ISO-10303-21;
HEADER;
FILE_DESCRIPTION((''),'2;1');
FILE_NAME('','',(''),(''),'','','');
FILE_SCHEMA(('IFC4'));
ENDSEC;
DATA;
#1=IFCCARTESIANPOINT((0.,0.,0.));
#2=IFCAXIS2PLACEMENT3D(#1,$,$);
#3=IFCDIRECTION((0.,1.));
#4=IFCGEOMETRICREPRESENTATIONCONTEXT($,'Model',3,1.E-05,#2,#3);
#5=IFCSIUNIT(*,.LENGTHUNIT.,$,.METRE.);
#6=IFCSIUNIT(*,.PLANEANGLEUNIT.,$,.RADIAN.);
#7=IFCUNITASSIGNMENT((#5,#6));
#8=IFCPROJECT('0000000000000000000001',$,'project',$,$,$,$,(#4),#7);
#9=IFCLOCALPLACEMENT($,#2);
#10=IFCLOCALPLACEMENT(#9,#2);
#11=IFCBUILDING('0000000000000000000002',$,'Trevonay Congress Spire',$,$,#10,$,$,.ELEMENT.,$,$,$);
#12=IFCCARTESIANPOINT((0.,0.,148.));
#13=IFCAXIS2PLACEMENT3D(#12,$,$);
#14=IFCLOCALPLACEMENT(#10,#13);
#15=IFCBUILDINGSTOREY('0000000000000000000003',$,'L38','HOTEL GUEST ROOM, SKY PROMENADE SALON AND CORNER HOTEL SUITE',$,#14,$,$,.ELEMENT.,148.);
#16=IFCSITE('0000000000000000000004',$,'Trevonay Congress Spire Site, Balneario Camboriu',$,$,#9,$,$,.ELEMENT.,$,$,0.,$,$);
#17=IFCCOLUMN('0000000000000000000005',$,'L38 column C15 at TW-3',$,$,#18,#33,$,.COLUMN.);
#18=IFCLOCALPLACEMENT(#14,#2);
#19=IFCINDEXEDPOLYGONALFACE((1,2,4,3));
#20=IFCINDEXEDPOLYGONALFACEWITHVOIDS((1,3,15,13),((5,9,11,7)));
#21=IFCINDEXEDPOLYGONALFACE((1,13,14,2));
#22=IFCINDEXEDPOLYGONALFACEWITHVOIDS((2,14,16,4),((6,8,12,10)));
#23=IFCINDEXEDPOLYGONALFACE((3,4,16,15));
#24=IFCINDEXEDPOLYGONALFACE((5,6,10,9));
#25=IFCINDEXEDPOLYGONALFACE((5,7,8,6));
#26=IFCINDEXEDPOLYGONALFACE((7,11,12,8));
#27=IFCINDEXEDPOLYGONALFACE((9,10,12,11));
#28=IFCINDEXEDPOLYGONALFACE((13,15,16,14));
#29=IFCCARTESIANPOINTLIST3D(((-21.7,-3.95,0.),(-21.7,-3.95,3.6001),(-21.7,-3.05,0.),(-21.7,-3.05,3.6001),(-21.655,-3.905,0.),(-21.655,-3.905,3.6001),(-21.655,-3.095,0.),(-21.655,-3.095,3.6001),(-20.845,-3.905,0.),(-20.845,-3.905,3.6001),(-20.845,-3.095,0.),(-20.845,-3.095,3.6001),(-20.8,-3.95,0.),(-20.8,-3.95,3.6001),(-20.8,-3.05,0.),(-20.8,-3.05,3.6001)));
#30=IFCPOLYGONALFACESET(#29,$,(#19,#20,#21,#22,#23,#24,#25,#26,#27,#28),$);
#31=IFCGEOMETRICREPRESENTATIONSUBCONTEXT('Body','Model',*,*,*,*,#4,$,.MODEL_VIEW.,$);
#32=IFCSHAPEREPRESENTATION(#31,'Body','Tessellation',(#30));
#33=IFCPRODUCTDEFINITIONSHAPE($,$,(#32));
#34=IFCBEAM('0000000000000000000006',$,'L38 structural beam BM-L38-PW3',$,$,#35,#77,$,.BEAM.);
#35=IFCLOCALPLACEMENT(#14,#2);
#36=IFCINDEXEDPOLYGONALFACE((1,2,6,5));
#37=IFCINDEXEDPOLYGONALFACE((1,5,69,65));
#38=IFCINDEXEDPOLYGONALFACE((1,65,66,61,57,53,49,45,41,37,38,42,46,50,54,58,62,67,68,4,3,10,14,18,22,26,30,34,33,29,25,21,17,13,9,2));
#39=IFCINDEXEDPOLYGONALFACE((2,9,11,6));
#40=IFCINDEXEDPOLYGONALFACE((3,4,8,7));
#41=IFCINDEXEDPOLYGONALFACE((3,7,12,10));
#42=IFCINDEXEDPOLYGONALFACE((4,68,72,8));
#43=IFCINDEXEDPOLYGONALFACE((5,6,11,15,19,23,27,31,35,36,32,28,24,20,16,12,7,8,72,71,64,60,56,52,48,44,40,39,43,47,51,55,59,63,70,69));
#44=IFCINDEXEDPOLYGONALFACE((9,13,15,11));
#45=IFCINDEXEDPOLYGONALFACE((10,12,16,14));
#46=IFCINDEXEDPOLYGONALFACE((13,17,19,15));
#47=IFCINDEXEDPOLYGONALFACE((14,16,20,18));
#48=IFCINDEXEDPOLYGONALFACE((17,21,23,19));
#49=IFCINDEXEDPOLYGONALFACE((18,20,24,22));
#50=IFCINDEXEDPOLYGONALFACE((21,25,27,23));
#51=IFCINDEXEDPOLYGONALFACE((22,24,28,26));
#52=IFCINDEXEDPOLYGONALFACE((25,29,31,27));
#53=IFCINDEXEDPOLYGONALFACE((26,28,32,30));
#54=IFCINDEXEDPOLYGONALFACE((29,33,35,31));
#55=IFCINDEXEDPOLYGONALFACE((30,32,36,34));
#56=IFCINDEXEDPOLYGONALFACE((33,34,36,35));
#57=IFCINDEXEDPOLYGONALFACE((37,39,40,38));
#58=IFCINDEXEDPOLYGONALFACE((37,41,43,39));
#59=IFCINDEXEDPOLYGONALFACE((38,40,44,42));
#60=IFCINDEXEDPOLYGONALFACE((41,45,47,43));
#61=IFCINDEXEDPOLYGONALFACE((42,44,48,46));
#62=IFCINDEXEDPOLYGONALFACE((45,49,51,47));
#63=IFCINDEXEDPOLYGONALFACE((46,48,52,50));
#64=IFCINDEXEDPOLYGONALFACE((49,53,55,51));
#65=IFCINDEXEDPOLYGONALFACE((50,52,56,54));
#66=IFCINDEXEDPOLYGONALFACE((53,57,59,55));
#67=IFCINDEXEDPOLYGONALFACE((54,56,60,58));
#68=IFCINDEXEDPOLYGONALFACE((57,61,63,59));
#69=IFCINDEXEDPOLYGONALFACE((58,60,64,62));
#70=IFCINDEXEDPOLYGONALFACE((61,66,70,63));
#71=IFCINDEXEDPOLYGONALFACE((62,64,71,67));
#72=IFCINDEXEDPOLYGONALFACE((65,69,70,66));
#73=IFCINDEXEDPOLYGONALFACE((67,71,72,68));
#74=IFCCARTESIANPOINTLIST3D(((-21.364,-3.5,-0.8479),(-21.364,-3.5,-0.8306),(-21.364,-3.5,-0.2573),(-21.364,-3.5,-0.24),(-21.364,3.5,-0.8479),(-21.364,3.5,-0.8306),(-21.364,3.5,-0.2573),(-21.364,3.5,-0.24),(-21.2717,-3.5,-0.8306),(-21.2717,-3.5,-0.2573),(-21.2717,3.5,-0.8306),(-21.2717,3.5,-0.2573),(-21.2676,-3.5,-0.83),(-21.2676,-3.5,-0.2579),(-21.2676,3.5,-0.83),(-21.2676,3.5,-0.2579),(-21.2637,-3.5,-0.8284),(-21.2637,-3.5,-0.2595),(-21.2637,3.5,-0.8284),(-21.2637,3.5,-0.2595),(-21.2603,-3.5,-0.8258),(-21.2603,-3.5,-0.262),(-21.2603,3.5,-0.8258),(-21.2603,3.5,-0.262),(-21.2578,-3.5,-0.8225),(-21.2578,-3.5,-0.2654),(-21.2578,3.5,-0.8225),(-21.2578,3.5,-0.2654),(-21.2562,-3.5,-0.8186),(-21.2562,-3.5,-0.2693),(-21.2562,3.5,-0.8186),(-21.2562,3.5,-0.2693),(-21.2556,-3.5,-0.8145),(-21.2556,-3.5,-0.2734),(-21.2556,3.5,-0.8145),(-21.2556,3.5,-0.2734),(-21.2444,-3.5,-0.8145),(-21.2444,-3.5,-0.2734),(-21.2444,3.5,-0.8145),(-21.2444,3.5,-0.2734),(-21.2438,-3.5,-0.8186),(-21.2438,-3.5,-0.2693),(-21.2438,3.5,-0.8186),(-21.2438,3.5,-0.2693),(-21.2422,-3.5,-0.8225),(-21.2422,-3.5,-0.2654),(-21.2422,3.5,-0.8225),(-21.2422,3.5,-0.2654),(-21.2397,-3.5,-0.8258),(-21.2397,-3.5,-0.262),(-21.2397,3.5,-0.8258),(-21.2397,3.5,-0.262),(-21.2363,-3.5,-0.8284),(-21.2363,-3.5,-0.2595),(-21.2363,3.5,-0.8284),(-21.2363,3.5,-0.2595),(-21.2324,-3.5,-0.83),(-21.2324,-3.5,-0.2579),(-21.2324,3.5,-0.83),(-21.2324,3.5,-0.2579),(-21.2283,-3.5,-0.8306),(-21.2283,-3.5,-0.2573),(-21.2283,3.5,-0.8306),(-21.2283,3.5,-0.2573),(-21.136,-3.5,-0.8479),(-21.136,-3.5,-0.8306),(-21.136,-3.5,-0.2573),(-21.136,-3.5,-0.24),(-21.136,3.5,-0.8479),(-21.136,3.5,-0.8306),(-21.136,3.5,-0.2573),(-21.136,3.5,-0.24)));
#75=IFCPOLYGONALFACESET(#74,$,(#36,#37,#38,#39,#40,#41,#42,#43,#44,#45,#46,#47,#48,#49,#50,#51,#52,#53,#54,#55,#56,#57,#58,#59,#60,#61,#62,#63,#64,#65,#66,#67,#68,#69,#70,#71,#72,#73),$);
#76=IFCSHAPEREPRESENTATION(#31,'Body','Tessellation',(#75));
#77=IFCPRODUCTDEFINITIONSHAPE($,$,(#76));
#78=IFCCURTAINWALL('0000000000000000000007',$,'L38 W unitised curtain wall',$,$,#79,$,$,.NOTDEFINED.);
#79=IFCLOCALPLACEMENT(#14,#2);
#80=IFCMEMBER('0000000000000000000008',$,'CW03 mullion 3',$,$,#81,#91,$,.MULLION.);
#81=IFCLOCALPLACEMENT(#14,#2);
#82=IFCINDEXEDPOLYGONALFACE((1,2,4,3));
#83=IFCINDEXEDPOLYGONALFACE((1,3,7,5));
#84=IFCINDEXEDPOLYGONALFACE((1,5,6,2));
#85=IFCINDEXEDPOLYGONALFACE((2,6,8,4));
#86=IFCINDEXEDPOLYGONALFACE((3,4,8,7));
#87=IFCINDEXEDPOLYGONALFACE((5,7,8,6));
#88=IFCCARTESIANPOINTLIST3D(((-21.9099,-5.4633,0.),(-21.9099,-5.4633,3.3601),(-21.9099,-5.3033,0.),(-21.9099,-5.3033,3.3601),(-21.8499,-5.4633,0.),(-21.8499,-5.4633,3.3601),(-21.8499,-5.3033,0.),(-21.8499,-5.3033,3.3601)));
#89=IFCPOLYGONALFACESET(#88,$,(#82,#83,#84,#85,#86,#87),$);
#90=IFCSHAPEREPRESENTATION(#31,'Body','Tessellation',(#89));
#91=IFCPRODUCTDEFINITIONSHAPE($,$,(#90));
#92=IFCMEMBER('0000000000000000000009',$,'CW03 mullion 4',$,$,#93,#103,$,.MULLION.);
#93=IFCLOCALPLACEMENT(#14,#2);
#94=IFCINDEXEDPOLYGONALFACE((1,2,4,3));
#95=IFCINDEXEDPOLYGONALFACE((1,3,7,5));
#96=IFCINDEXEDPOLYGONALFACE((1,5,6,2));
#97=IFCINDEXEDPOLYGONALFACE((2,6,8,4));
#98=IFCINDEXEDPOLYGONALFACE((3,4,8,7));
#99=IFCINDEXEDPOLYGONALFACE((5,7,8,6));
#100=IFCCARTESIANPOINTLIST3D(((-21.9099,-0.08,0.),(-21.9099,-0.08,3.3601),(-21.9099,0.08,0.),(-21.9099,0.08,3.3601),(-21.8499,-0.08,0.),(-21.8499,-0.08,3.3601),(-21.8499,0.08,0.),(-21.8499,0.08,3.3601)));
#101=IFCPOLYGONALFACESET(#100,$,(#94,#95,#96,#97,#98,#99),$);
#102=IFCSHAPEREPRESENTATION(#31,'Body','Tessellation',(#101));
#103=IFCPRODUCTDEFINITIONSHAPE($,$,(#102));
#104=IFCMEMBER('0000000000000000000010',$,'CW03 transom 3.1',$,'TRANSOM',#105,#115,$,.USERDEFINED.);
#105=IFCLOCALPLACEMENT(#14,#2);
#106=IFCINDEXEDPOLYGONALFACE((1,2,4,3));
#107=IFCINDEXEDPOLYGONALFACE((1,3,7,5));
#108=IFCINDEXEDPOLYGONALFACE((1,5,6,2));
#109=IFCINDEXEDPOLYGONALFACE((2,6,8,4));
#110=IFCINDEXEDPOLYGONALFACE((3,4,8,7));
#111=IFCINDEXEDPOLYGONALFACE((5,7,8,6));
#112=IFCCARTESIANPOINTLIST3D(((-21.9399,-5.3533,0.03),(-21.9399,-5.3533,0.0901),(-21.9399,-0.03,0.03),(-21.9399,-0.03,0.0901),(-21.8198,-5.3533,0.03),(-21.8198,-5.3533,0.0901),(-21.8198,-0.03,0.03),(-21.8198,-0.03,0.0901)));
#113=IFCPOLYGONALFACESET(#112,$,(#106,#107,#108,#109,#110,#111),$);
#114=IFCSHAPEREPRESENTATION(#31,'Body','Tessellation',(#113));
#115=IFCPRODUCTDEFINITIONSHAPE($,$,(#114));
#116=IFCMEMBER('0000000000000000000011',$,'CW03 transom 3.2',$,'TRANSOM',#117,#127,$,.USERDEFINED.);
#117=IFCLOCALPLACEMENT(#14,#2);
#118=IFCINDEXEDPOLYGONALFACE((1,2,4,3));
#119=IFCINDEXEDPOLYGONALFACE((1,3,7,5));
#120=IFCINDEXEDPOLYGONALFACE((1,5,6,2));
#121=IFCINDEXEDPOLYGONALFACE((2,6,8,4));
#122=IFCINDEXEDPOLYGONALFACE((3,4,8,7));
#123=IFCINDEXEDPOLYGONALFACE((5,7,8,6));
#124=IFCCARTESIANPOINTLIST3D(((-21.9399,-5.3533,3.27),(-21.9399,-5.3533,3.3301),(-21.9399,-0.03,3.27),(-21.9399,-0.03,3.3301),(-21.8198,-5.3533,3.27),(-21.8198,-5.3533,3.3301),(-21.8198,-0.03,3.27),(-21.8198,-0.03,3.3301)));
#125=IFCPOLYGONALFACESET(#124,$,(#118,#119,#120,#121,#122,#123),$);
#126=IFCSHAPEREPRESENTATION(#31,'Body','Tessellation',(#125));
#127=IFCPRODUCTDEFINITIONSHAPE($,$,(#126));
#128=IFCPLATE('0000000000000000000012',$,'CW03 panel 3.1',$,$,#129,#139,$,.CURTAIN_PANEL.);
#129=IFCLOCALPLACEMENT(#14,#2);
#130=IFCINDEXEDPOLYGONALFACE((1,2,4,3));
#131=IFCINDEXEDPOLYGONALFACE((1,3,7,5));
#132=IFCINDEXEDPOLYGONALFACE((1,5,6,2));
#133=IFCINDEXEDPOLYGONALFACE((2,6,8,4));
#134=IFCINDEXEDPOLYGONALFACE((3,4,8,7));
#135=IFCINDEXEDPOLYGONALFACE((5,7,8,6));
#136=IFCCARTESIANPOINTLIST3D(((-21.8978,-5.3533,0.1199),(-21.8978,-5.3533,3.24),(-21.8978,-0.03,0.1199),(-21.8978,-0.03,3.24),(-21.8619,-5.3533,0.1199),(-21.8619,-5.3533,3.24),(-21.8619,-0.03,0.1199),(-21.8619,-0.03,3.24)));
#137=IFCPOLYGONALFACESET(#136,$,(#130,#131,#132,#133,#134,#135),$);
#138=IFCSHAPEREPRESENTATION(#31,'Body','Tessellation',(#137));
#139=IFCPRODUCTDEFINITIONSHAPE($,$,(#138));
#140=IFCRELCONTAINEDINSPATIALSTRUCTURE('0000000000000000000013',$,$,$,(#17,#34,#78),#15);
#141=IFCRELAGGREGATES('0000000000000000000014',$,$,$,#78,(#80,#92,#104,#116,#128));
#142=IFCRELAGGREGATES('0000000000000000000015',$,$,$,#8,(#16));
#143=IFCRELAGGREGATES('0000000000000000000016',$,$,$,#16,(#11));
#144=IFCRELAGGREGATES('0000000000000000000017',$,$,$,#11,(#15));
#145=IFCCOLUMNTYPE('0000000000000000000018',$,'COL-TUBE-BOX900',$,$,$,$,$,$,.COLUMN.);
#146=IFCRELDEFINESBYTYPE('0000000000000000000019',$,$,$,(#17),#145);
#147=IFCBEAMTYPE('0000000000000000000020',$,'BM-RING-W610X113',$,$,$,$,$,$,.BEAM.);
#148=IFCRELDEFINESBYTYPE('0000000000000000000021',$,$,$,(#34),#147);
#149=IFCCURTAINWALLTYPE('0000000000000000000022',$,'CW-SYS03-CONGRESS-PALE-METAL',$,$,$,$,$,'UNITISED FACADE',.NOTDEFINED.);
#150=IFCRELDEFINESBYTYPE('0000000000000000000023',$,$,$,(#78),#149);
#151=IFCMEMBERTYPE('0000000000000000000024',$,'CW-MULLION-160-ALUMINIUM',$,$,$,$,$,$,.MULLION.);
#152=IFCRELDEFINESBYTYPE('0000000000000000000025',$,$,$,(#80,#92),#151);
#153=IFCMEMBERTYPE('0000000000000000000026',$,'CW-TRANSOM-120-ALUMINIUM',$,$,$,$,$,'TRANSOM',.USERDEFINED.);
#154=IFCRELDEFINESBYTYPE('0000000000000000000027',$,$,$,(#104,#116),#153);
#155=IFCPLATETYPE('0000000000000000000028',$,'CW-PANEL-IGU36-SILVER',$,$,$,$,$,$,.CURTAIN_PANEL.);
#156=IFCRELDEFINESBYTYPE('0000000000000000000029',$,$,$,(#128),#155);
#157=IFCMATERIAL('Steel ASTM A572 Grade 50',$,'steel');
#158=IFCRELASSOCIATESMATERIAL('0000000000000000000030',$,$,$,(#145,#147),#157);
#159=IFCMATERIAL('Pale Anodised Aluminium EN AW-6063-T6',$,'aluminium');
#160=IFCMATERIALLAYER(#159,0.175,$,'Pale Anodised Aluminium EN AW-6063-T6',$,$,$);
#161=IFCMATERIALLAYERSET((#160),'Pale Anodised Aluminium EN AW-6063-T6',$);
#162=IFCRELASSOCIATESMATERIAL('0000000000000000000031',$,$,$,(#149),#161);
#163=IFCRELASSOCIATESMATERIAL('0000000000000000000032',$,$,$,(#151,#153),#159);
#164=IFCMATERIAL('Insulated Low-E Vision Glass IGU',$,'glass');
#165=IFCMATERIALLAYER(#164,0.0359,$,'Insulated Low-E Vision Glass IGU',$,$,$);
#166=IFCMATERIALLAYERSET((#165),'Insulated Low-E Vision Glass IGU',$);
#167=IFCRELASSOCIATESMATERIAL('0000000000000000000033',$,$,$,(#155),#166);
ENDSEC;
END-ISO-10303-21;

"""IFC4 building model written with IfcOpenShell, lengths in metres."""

from ifc_helpers import new_model, si_unit, direction, frame, origin, origin_2d, place, context, subcontext, project, spatial, rectangle, hollow_rectangle, i_section, extrude, material, layer, layer_set, material_profile, profile_set, type_object, element, aggregate, save


model = new_model("IFC4")

# Units and contexts
model_context = context("Model", 3, precision=1e-05, world=origin(), true_north=direction((0.0, 1.0)))
body_context = subcontext(model_context, "Body", "Model", "MODEL_VIEW")
ifc_project = project(units=[si_unit("LENGTHUNIT", "METRE"), si_unit("PLANEANGLEUNIT", "RADIAN")], contexts=[model_context])

# Site, building, storey
site_placement = place(None, origin())
site = spatial("IfcSite", under=ifc_project, at=site_placement, Name="Trevonay Congress Spire Site, Balneario Camboriu", CompositionType="ELEMENT", RefElevation=0.0)
building_placement = place(site_placement, origin())
building = spatial("IfcBuilding", under=site, at=building_placement, Name="Trevonay Congress Spire", CompositionType="ELEMENT")
storey_placement = place(building_placement, frame((0.0, 0.0, 148.0)))
storey = spatial("IfcBuildingStorey", under=building, at=storey_placement, Name="L38", Description="HOTEL GUEST ROOM, SKY PROMENADE SALON AND CORNER HOTEL SUITE", CompositionType="ELEMENT", Elevation=148.0)

# Column
ifc_material_1 = material(Name="Steel ASTM A572 Grade 50", Category="steel")
ifc_material_profile_1 = material_profile(ifc_material_1, hollow_rectangle(XDim=0.8999, YDim=0.8999, WallThickness=0.0449, at=origin_2d()), Name="BOX 900x900x45")
ifc_profile_set_1 = profile_set([ifc_material_profile_1], Name="Steel ASTM A572 Grade 50")
column_type = type_object("IfcColumnType", Name="COL-TUBE-BOX900", PredefinedType="COLUMN", material=ifc_profile_set_1)
column_placement = place(storey_placement, frame((-21.25, -3.5, 0.0), z_axis=(0.0, 0.0, 1.0), x_axis=(1.0, 0.0, 0.0)))
element("IfcColumn", 1, at=column_placement, inside=storey, type_object=column_type, Name="L38 column C15 at TW-3", PredefinedType="COLUMN", context=body_context, shape_type="SweptSolid", body=[
    extrude(hollow_rectangle(XDim=0.8999, YDim=0.8999, WallThickness=0.0449, at=origin_2d()), origin(), (0.0, 0.0, 1.0), 3.6001),
])

# Beam
ifc_material_profile_2 = material_profile(ifc_material_1, i_section(OverallWidth=0.228, OverallDepth=0.6079, WebThickness=0.0112, FlangeThickness=0.0173, FilletRadius=0.0161, at=origin_2d()), Name="W610x113")
ifc_profile_set_2 = profile_set([ifc_material_profile_2], Name="Steel ASTM A572 Grade 50")
beam_type = type_object("IfcBeamType", Name="BM-RING-W610X113", PredefinedType="BEAM", material=ifc_profile_set_2)
beam_placement = place(storey_placement, frame((-21.25, -3.5, -0.5439), z_axis=(0.0, 1.0, 0.0), x_axis=(-1.0, 0.0, 0.0)))
element("IfcBeam", 2, at=beam_placement, inside=storey, type_object=beam_type, Name="L38 structural beam BM-L38-PW3", PredefinedType="BEAM", context=body_context, shape_type="SweptSolid", body=[
    extrude(i_section(OverallWidth=0.228, OverallDepth=0.6079, WebThickness=0.0112, FlangeThickness=0.0173, FilletRadius=0.0161, at=origin_2d()), origin(), (0.0, 0.0, 1.0), 7.0),
])

# Curtain wall, members, plate
ifc_material_2 = material(Name="Pale Anodised Aluminium EN AW-6063-T6", Category="aluminium")
ifc_layer_1 = layer(ifc_material_2, 0.175, Name="Pale Anodised Aluminium EN AW-6063-T6")
ifc_layer_set_1 = layer_set([ifc_layer_1], Name="Pale Anodised Aluminium EN AW-6063-T6")
curtain_wall_type = type_object("IfcCurtainWallType", Name="CW-SYS03-CONGRESS-PALE-METAL", ElementType="UNITISED FACADE", PredefinedType="NOTDEFINED", material=ifc_layer_set_1)
curtain_wall_placement = place(storey_placement, origin())
curtain_wall = element("IfcCurtainWall", 3, at=curtain_wall_placement, inside=storey, type_object=curtain_wall_type, Name="L38 W unitised curtain wall", PredefinedType="NOTDEFINED")
ifc_material_profile_3 = material_profile(ifc_material_2, rectangle(XDim=0.0601, YDim=0.1599, at=origin_2d()), Name="CW-MULLION-160-ALUMINIUM")
ifc_profile_set_3 = profile_set([ifc_material_profile_3], Name="Pale Anodised Aluminium EN AW-6063-T6")
member_type_1 = type_object("IfcMemberType", Name="CW-MULLION-160-ALUMINIUM", PredefinedType="MULLION", material=ifc_profile_set_3)
member_1_placement = place(storey_placement, frame((-21.8799, -5.3833, 0.0), z_axis=(0.0, 0.0, 1.0), x_axis=(-1.0, 0.0, 0.0)))
member_1 = element("IfcMember", 4, at=member_1_placement, type_object=member_type_1, Name="CW03 mullion 3", PredefinedType="MULLION", context=body_context, shape_type="SweptSolid", body=[
    extrude(rectangle(XDim=0.0601, YDim=0.1599, at=origin_2d()), origin(), (0.0, 0.0, 1.0), 3.3601),
])
member_2_placement = place(storey_placement, frame((-21.8799, 0.0, 0.0), z_axis=(0.0, 0.0, 1.0), x_axis=(-1.0, 0.0, 0.0)))
member_2 = element("IfcMember", 5, at=member_2_placement, type_object=member_type_1, Name="CW03 mullion 4", PredefinedType="MULLION", context=body_context, shape_type="SweptSolid", body=[
    extrude(rectangle(XDim=0.0601, YDim=0.1599, at=origin_2d()), origin(), (0.0, 0.0, 1.0), 3.3601),
])
ifc_material_profile_4 = material_profile(ifc_material_2, rectangle(XDim=0.1201, YDim=0.0601, at=origin_2d()), Name="CW-TRANSOM-120-ALUMINIUM")
ifc_profile_set_4 = profile_set([ifc_material_profile_4], Name="Pale Anodised Aluminium EN AW-6063-T6")
member_type_2 = type_object("IfcMemberType", Name="CW-TRANSOM-120-ALUMINIUM", ElementType="TRANSOM", PredefinedType="USERDEFINED", material=ifc_profile_set_4)
member_3_placement = place(storey_placement, frame((-21.8799, -5.3533, 0.0601), z_axis=(0.0, 1.0, 0.0), x_axis=(-1.0, 0.0, 0.0)))
member_3 = element("IfcMember", 6, at=member_3_placement, type_object=member_type_2, Name="CW03 transom 3.1", ObjectType="TRANSOM", PredefinedType="USERDEFINED", context=body_context, shape_type="SweptSolid", body=[
    extrude(rectangle(XDim=0.1201, YDim=0.0601, at=origin_2d()), origin(), (0.0, 0.0, 1.0), 5.3232),
])
member_4_placement = place(storey_placement, frame((-21.8799, -5.3533, 3.3), z_axis=(0.0, 1.0, 0.0), x_axis=(-1.0, 0.0, 0.0)))
member_4 = element("IfcMember", 7, at=member_4_placement, type_object=member_type_2, Name="CW03 transom 3.2", ObjectType="TRANSOM", PredefinedType="USERDEFINED", context=body_context, shape_type="SweptSolid", body=[
    extrude(rectangle(XDim=0.1201, YDim=0.0601, at=origin_2d()), origin(), (0.0, 0.0, 1.0), 5.3232),
])
ifc_material_3 = material(Name="Insulated Low-E Vision Glass IGU", Category="glass")
ifc_layer_2 = layer(ifc_material_3, 0.0359, Name="Insulated Low-E Vision Glass IGU")
ifc_layer_set_2 = layer_set([ifc_layer_2], Name="Insulated Low-E Vision Glass IGU")
plate_type = type_object("IfcPlateType", Name="CW-PANEL-IGU36-SILVER", PredefinedType="CURTAIN_PANEL", material=ifc_layer_set_2)
plate_placement = place(storey_placement, frame((-21.8799, -2.6917, 0.1199), z_axis=(0.0, 0.0, 1.0), x_axis=(0.0, 1.0, 0.0)))
plate = element("IfcPlate", 8, at=plate_placement, type_object=plate_type, Name="CW03 panel 3.1", PredefinedType="CURTAIN_PANEL", context=body_context, shape_type="SweptSolid", body=[
    extrude(rectangle(XDim=5.3232, YDim=0.0359, at=origin_2d()), origin(), (0.0, 0.0, 1.0), 3.1201),
])
aggregate(curtain_wall, [member_1, member_2, member_3, member_4, plate])

save(model, "model.ifc")
